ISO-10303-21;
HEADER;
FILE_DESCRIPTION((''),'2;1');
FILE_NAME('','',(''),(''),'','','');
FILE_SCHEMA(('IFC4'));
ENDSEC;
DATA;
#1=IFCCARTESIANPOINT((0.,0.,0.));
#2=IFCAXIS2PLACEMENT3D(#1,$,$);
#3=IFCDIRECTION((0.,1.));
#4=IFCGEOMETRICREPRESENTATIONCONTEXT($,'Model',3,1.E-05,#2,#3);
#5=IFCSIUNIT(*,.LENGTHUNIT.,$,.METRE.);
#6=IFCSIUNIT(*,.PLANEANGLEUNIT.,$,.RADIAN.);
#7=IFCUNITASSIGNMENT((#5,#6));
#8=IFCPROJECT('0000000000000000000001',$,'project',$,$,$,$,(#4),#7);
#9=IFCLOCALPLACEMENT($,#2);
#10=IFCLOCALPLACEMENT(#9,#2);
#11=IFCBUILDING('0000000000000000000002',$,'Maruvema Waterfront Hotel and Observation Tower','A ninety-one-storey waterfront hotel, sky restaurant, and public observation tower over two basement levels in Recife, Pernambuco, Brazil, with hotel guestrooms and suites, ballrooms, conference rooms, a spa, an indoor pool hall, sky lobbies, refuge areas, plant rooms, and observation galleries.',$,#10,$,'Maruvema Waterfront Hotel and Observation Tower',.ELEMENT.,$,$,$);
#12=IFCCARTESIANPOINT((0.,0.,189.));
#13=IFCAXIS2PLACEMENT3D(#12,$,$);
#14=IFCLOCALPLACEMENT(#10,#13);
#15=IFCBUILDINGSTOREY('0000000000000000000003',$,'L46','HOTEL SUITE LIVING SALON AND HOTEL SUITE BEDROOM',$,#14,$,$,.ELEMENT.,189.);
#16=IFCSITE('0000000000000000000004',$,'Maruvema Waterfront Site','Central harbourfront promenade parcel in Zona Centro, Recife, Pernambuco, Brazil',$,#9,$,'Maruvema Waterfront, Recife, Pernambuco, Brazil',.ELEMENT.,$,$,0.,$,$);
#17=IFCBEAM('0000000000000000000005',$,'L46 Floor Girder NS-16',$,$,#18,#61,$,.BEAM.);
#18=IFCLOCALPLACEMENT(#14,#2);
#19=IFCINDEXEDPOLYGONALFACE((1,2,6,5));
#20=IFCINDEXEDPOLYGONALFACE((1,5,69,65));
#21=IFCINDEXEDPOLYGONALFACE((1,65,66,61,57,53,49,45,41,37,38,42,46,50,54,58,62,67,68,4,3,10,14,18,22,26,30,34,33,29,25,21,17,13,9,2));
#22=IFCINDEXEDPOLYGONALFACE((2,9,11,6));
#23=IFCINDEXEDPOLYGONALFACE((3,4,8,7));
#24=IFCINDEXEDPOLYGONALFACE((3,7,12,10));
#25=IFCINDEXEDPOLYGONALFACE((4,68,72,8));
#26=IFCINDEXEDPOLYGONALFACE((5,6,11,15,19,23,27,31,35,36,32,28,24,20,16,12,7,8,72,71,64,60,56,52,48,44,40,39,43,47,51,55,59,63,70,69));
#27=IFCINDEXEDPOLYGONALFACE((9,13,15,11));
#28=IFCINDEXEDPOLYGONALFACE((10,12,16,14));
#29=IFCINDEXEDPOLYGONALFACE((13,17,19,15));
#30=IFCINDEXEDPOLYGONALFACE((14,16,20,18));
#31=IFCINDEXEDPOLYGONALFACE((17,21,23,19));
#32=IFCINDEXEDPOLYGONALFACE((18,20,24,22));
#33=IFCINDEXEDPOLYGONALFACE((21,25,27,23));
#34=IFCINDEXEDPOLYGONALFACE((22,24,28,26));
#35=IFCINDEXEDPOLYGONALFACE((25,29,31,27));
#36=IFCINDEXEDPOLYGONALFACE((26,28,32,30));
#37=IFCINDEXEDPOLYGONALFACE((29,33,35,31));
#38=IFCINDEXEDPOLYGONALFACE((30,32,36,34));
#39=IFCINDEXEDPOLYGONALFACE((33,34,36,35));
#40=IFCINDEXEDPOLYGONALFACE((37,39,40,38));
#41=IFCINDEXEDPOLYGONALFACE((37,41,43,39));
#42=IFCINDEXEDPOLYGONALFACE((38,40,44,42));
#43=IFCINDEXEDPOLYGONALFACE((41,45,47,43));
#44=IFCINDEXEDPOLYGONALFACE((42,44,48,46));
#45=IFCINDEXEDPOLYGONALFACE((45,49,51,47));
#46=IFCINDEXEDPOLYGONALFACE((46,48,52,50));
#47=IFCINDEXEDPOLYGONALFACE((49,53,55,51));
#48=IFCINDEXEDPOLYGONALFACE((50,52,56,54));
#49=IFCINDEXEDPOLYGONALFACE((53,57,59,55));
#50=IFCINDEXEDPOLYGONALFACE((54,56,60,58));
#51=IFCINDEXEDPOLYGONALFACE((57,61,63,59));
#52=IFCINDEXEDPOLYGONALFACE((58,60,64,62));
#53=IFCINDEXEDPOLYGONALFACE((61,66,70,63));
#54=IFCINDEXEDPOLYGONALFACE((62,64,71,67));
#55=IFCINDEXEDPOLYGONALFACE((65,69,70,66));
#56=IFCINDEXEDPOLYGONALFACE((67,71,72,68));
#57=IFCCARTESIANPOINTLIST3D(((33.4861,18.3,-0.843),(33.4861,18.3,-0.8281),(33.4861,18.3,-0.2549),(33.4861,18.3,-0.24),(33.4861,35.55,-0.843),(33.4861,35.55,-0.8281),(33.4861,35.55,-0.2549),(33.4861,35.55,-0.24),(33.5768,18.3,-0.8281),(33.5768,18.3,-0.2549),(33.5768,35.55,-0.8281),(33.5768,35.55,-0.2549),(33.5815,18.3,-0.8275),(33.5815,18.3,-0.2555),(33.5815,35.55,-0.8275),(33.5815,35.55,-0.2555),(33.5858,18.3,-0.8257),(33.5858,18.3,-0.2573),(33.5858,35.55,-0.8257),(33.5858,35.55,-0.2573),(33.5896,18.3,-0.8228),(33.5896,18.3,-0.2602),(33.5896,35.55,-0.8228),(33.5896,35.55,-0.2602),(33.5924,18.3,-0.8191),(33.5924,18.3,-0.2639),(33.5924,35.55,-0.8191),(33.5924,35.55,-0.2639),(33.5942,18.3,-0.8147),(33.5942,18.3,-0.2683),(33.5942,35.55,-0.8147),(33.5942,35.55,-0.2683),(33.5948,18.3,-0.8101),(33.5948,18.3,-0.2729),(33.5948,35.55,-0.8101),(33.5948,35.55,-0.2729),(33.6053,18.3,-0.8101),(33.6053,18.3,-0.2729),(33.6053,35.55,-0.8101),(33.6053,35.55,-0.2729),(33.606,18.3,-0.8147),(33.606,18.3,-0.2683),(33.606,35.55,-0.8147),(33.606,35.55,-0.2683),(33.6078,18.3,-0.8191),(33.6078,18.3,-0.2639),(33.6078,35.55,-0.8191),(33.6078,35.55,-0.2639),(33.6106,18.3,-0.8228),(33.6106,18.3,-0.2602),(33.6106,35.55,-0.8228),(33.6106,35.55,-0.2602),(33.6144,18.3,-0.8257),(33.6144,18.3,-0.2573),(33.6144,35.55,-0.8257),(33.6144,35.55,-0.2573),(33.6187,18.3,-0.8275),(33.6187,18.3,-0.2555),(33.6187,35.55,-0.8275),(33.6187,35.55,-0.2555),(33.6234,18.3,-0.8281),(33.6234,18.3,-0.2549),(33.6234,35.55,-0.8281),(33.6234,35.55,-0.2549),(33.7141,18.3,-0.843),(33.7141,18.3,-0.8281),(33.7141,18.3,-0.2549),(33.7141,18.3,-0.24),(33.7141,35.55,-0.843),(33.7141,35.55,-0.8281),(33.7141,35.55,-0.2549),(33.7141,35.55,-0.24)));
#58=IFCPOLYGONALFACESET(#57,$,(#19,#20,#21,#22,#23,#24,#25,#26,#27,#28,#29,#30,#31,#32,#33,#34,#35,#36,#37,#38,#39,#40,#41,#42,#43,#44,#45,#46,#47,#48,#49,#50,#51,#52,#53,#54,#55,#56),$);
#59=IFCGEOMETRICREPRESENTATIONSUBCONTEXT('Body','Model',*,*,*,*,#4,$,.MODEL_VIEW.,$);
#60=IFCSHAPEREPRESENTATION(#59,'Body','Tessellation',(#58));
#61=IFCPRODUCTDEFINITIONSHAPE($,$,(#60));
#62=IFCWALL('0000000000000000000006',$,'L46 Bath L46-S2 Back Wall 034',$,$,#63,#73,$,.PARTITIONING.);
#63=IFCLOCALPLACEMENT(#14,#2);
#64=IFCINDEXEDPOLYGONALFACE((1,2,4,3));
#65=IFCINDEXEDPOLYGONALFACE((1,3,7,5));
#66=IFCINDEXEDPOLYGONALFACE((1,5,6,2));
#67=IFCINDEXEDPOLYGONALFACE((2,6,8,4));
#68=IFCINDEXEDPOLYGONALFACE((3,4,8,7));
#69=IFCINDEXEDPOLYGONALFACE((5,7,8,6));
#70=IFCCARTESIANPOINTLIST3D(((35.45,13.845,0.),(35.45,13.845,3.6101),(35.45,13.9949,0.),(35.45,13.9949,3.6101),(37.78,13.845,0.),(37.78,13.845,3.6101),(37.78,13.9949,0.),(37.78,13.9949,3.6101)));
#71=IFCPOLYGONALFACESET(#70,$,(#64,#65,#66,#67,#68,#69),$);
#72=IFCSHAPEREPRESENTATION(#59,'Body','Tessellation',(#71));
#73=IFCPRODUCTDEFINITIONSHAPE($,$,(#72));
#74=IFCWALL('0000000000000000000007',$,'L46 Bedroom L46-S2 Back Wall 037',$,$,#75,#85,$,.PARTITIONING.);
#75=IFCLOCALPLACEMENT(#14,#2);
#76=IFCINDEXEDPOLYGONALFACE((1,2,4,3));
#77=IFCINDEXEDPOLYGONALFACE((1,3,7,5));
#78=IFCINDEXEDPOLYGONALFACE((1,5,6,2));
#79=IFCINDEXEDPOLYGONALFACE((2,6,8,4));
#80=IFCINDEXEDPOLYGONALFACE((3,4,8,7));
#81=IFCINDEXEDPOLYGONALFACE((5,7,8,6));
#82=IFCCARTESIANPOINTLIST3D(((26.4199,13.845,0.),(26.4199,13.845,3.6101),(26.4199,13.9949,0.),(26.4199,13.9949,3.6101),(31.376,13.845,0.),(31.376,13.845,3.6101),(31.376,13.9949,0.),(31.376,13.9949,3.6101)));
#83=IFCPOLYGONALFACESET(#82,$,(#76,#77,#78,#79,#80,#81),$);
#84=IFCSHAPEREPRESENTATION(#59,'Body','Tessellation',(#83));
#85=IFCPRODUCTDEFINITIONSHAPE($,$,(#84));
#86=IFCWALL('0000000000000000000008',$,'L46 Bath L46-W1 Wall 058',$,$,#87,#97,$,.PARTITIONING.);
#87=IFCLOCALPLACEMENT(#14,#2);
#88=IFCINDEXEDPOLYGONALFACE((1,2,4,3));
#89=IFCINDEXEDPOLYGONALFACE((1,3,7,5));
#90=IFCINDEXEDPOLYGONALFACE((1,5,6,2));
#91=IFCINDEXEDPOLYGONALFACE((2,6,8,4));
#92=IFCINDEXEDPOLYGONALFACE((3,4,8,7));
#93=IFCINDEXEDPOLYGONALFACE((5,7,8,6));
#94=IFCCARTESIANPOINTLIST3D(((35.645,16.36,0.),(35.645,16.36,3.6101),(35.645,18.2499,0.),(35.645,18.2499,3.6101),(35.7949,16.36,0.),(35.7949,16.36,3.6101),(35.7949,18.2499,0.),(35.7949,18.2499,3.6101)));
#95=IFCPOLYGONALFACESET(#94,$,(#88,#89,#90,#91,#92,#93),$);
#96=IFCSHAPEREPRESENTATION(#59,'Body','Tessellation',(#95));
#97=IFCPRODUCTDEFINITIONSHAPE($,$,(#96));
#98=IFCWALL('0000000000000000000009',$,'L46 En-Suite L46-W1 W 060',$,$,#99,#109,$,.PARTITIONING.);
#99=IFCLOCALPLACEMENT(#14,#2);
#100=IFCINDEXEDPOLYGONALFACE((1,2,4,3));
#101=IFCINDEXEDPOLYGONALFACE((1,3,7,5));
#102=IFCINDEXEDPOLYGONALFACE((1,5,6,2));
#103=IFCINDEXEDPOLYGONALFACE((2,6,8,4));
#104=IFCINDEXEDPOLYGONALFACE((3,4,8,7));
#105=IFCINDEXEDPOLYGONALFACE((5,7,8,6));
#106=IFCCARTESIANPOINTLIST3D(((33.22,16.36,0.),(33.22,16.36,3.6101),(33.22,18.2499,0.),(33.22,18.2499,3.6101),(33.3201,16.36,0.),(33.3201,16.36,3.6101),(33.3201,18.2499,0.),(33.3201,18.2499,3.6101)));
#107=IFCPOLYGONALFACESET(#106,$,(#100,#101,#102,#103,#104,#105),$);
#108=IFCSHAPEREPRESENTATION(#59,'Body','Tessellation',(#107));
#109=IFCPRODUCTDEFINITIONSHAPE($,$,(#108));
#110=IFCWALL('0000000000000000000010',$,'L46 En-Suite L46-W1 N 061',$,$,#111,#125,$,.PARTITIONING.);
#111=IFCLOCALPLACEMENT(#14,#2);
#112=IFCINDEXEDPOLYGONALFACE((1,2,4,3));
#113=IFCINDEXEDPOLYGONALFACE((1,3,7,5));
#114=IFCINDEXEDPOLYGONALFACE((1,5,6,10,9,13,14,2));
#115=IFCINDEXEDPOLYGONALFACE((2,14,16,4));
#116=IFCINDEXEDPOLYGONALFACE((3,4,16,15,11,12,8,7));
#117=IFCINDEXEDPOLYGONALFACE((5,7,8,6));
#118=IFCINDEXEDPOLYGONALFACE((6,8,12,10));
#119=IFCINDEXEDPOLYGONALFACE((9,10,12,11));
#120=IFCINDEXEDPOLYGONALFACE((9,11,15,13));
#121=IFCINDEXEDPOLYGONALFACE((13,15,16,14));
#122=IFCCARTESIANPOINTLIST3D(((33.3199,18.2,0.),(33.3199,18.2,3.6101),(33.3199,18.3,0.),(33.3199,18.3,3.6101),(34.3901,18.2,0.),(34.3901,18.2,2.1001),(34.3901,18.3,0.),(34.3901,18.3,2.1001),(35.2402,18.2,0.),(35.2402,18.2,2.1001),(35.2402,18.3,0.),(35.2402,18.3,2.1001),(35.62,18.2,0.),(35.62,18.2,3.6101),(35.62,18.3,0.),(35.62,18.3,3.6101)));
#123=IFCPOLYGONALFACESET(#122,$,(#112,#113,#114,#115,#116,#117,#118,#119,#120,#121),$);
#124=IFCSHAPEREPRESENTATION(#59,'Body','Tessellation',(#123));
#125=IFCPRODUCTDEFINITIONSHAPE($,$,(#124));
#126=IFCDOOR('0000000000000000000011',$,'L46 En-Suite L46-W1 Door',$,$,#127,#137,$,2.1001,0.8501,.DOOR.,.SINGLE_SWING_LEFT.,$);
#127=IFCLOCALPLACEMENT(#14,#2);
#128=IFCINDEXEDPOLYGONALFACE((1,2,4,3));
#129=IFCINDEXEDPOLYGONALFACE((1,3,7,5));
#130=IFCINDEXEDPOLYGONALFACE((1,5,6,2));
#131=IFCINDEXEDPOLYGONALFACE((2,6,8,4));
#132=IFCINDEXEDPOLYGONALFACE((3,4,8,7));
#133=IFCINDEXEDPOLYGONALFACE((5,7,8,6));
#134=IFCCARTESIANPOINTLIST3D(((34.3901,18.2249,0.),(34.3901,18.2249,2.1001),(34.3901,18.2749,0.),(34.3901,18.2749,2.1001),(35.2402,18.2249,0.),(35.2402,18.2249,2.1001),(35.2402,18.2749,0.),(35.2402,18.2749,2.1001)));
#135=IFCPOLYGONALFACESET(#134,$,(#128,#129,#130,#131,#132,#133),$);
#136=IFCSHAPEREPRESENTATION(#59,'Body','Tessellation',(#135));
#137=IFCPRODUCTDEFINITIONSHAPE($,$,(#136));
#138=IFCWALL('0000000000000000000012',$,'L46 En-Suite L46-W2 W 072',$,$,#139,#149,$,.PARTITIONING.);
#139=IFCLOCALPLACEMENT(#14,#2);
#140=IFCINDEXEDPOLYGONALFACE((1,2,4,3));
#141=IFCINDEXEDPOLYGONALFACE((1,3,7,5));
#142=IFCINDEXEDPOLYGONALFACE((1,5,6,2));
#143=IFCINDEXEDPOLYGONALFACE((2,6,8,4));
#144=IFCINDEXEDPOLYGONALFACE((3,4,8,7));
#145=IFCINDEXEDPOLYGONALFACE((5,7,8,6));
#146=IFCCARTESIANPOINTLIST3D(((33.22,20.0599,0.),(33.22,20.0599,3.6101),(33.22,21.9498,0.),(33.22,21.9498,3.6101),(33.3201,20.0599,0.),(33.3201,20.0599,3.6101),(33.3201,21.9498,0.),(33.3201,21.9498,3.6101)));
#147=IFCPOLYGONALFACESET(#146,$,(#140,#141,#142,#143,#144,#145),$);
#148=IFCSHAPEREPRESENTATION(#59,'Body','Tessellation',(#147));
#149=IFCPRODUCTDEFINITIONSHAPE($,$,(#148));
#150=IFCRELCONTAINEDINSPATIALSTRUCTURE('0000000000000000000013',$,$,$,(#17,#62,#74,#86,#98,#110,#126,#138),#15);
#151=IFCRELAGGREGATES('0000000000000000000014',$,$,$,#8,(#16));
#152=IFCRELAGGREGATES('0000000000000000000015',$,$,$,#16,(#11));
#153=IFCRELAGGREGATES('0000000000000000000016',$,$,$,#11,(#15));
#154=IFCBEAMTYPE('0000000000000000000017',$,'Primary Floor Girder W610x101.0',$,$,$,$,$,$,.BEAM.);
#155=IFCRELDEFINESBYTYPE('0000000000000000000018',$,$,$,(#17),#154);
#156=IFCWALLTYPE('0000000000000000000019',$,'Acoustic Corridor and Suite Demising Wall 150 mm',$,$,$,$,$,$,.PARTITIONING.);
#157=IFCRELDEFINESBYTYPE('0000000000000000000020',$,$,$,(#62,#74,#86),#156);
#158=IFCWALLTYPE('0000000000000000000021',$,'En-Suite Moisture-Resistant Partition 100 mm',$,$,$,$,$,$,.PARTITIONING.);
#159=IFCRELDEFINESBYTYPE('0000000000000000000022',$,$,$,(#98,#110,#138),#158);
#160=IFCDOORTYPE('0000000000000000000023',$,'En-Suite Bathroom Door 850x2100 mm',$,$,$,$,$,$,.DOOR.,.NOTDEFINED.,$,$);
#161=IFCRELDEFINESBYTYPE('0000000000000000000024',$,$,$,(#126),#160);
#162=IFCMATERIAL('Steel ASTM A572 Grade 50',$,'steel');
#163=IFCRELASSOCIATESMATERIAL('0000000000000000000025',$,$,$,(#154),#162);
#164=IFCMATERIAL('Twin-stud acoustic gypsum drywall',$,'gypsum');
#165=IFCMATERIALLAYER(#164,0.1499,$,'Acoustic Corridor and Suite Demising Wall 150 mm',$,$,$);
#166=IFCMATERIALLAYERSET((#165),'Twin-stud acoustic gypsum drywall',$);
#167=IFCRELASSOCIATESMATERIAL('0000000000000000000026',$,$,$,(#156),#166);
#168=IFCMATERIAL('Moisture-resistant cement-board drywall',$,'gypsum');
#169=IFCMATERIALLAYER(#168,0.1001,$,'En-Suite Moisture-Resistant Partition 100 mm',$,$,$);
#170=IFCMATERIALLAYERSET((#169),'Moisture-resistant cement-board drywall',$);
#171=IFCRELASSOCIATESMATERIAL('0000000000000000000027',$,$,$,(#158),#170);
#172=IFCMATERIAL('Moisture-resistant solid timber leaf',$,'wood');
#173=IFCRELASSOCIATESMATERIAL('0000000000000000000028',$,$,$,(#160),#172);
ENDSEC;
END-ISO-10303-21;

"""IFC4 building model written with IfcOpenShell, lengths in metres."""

from ifc_helpers import new_model, si_unit, direction, frame, frame_2d, origin, origin_2d, place, context, subcontext, project, spatial, rectangle, i_section, extrude, material, layer, layer_set, material_profile, profile_set, type_object, element, fill, save


model = new_model("IFC4")

# Units and contexts
model_context = context("Model", 3, precision=1e-05, world=origin(), true_north=direction((0.0, 1.0)))
body_context = subcontext(model_context, "Body", "Model", "MODEL_VIEW")
ifc_project = project(units=[si_unit("LENGTHUNIT", "METRE"), si_unit("PLANEANGLEUNIT", "RADIAN")], contexts=[model_context])

# Site, building, storey
site_placement = place(None, origin())
site = spatial("IfcSite", under=ifc_project, at=site_placement, Name="Maruvema Waterfront Site", Description="Central harbourfront promenade parcel in Zona Centro, Recife, Pernambuco, Brazil", LongName="Maruvema Waterfront, Recife, Pernambuco, Brazil", CompositionType="ELEMENT", RefElevation=0.0)
building_placement = place(site_placement, origin())
building = spatial("IfcBuilding", under=site, at=building_placement, Name="Maruvema Waterfront Hotel and Observation Tower", Description="A ninety-one-storey waterfront hotel, sky restaurant, and public observation tower over two basement levels in Recife, Pernambuco, Brazil, with hotel guestrooms and suites, ballrooms, conference rooms, a spa, an indoor pool hall, sky lobbies, refuge areas, plant rooms, and observation galleries.", LongName="Maruvema Waterfront Hotel and Observation Tower", CompositionType="ELEMENT")
storey_placement = place(building_placement, frame((0.0, 0.0, 189.0)))
storey = spatial("IfcBuildingStorey", under=building, at=storey_placement, Name="L46", Description="HOTEL SUITE LIVING SALON AND HOTEL SUITE BEDROOM", CompositionType="ELEMENT", Elevation=189.0)

# Beam
ifc_material_1 = material(Name="Steel ASTM A572 Grade 50", Category="steel")
ifc_material_profile_1 = material_profile(ifc_material_1, i_section(OverallWidth=0.228, OverallDepth=0.603, WebThickness=0.0105, FlangeThickness=0.0149, FilletRadius=0.0181, at=origin_2d()), Name="W610x101.0")
ifc_profile_set_1 = profile_set([ifc_material_profile_1], Name="Steel ASTM A572 Grade 50")
beam_type = type_object("IfcBeamType", Name="Primary Floor Girder W610x101.0", PredefinedType="BEAM", material=ifc_profile_set_1)
beam_1_placement = place(storey_placement, frame((33.6001, 18.3, -0.5415), z_axis=(0.0, 1.0, 0.0), x_axis=(-1.0, 0.0, 0.0)))
element("IfcBeam", 1, at=beam_1_placement, inside=storey, type_object=beam_type, Name="L46 Floor Girder NS-16", PredefinedType="BEAM", context=body_context, shape_type="SweptSolid", body=[
    extrude(i_section(OverallWidth=0.228, OverallDepth=0.603, WebThickness=0.0105, FlangeThickness=0.0149, FilletRadius=0.0181, at=origin_2d()), origin(), (0.0, 0.0, 1.0), 17.25),
])

# Walls
ifc_material_2 = material(Name="Twin-stud acoustic gypsum drywall", Category="gypsum")
ifc_layer_1 = layer(ifc_material_2, 0.1499, Name="Acoustic Corridor and Suite Demising Wall 150 mm")
ifc_layer_set_1 = layer_set([ifc_layer_1], Name="Twin-stud acoustic gypsum drywall")
wall_type_1 = type_object("IfcWallType", Name="Acoustic Corridor and Suite Demising Wall 150 mm", PredefinedType="PARTITIONING", material=ifc_layer_set_1)
wall_1_placement = place(storey_placement, frame((35.45, 13.9199, 0.0), z_axis=(0.0, 0.0, 1.0), x_axis=(1.0, 0.0, 0.0)))
element("IfcWall", 2, at=wall_1_placement, inside=storey, type_object=wall_type_1, Name="L46 Bath L46-S2 Back Wall 034", PredefinedType="PARTITIONING", context=body_context, shape_type="SweptSolid", body=[
    extrude(rectangle(XDim=2.3301, YDim=0.1499, at=frame_2d((1.165, 0.0))), origin(), (0.0, 0.0, 1.0), 3.6101),
])
wall_2_placement = place(storey_placement, frame((26.4199, 13.9199, 0.0), z_axis=(0.0, 0.0, 1.0), x_axis=(1.0, 0.0, 0.0)))
element("IfcWall", 3, at=wall_2_placement, inside=storey, type_object=wall_type_1, Name="L46 Bedroom L46-S2 Back Wall 037", PredefinedType="PARTITIONING", context=body_context, shape_type="SweptSolid", body=[
    extrude(rectangle(XDim=4.9561, YDim=0.1499, at=frame_2d((2.478, 0.0))), origin(), (0.0, 0.0, 1.0), 3.6101),
])

# Wall
wall_3_placement = place(storey_placement, frame((35.72, 16.3601, 0.0), z_axis=(0.0, 0.0, 1.0), x_axis=(0.0, 1.0, 0.0)))
element("IfcWall", 4, at=wall_3_placement, inside=storey, type_object=wall_type_1, Name="L46 Bath L46-W1 Wall 058", PredefinedType="PARTITIONING", context=body_context, shape_type="SweptSolid", body=[
    extrude(rectangle(XDim=1.8899, YDim=0.1499, at=frame_2d((0.9448, 0.0))), origin(), (0.0, 0.0, 1.0), 3.6101),
])

# Wall
ifc_material_3 = material(Name="Moisture-resistant cement-board drywall", Category="gypsum")
ifc_layer_2 = layer(ifc_material_3, 0.1001, Name="En-Suite Moisture-Resistant Partition 100 mm")
ifc_layer_set_2 = layer_set([ifc_layer_2], Name="Moisture-resistant cement-board drywall")
wall_type_2 = type_object("IfcWallType", Name="En-Suite Moisture-Resistant Partition 100 mm", PredefinedType="PARTITIONING", material=ifc_layer_set_2)
wall_4_placement = place(storey_placement, frame((33.27, 16.3601, 0.0), z_axis=(0.0, 0.0, 1.0), x_axis=(0.0, 1.0, 0.0)))
element("IfcWall", 5, at=wall_4_placement, inside=storey, type_object=wall_type_2, Name="L46 En-Suite L46-W1 W 060", PredefinedType="PARTITIONING", context=body_context, shape_type="SweptSolid", body=[
    extrude(rectangle(XDim=1.8899, YDim=0.1001, at=frame_2d((0.9448, 0.0))), origin(), (0.0, 0.0, 1.0), 3.6101),
])

# Wall, opening, door
wall_5_placement = place(storey_placement, frame((33.3201, 18.25, 0.0), z_axis=(0.0, 0.0, 1.0), x_axis=(1.0, 0.0, 0.0)))
wall_5 = element("IfcWall", 6, at=wall_5_placement, inside=storey, type_object=wall_type_2, Name="L46 En-Suite L46-W1 N 061", PredefinedType="PARTITIONING", context=body_context, shape_type="SweptSolid", body=[
    extrude(rectangle(XDim=2.3, YDim=0.1001, at=frame_2d((1.1499, 0.0))), origin(), (0.0, 0.0, 1.0), 3.6101),
])
opening_1_placement = place(wall_5_placement, frame((1.0701, 0.0, 0.0)))
opening_1 = element("IfcOpeningElement", 7, at=opening_1_placement, cuts=wall_5, PredefinedType="OPENING", context=body_context, shape_type="SweptSolid", body=[
    extrude(rectangle(XDim=0.8501, YDim=2.1001, at=frame_2d((0.425, 1.05))), frame((0.0, 0.0601, 0.0), z_axis=(0.0, -1.0, 0.0), x_axis=(1.0, 0.0, 0.0)), (0.0, 0.0, 1.0), 0.1201),
])
ifc_material_4 = material(Name="Moisture-resistant solid timber leaf", Category="wood")
door_type_1 = type_object("IfcDoorType", Name="En-Suite Bathroom Door 850x2100 mm", OperationType="NOTDEFINED", PredefinedType="DOOR", material=ifc_material_4)
door_1_placement = place(opening_1_placement, origin())
door_1 = element("IfcDoor", 8, at=door_1_placement, inside=storey, type_object=door_type_1, Name="L46 En-Suite L46-W1 Door", OperationType="SINGLE_SWING_LEFT", OverallHeight=2.1001, OverallWidth=0.8501, PredefinedType="DOOR", context=body_context, shape_type="SweptSolid", body=[
    extrude(rectangle(XDim=0.8501, YDim=2.1001, at=frame_2d((0.425, 1.05))), frame((0.0, 0.0249, 0.0), z_axis=(0.0, -1.0, 0.0), x_axis=(1.0, 0.0, 0.0)), (0.0, 0.0, 1.0), 0.05),
])
fill(opening_1, door_1)

# Wall
wall_6_placement = place(storey_placement, frame((33.27, 20.0601, 0.0), z_axis=(0.0, 0.0, 1.0), x_axis=(0.0, 1.0, 0.0)))
element("IfcWall", 9, at=wall_6_placement, inside=storey, type_object=wall_type_2, Name="L46 En-Suite L46-W2 W 072", PredefinedType="PARTITIONING", context=body_context, shape_type="SweptSolid", body=[
    extrude(rectangle(XDim=1.8899, YDim=0.1001, at=frame_2d((0.9448, 0.0))), origin(), (0.0, 0.0, 1.0), 3.6101),
])

save(model, "model.ifc")
